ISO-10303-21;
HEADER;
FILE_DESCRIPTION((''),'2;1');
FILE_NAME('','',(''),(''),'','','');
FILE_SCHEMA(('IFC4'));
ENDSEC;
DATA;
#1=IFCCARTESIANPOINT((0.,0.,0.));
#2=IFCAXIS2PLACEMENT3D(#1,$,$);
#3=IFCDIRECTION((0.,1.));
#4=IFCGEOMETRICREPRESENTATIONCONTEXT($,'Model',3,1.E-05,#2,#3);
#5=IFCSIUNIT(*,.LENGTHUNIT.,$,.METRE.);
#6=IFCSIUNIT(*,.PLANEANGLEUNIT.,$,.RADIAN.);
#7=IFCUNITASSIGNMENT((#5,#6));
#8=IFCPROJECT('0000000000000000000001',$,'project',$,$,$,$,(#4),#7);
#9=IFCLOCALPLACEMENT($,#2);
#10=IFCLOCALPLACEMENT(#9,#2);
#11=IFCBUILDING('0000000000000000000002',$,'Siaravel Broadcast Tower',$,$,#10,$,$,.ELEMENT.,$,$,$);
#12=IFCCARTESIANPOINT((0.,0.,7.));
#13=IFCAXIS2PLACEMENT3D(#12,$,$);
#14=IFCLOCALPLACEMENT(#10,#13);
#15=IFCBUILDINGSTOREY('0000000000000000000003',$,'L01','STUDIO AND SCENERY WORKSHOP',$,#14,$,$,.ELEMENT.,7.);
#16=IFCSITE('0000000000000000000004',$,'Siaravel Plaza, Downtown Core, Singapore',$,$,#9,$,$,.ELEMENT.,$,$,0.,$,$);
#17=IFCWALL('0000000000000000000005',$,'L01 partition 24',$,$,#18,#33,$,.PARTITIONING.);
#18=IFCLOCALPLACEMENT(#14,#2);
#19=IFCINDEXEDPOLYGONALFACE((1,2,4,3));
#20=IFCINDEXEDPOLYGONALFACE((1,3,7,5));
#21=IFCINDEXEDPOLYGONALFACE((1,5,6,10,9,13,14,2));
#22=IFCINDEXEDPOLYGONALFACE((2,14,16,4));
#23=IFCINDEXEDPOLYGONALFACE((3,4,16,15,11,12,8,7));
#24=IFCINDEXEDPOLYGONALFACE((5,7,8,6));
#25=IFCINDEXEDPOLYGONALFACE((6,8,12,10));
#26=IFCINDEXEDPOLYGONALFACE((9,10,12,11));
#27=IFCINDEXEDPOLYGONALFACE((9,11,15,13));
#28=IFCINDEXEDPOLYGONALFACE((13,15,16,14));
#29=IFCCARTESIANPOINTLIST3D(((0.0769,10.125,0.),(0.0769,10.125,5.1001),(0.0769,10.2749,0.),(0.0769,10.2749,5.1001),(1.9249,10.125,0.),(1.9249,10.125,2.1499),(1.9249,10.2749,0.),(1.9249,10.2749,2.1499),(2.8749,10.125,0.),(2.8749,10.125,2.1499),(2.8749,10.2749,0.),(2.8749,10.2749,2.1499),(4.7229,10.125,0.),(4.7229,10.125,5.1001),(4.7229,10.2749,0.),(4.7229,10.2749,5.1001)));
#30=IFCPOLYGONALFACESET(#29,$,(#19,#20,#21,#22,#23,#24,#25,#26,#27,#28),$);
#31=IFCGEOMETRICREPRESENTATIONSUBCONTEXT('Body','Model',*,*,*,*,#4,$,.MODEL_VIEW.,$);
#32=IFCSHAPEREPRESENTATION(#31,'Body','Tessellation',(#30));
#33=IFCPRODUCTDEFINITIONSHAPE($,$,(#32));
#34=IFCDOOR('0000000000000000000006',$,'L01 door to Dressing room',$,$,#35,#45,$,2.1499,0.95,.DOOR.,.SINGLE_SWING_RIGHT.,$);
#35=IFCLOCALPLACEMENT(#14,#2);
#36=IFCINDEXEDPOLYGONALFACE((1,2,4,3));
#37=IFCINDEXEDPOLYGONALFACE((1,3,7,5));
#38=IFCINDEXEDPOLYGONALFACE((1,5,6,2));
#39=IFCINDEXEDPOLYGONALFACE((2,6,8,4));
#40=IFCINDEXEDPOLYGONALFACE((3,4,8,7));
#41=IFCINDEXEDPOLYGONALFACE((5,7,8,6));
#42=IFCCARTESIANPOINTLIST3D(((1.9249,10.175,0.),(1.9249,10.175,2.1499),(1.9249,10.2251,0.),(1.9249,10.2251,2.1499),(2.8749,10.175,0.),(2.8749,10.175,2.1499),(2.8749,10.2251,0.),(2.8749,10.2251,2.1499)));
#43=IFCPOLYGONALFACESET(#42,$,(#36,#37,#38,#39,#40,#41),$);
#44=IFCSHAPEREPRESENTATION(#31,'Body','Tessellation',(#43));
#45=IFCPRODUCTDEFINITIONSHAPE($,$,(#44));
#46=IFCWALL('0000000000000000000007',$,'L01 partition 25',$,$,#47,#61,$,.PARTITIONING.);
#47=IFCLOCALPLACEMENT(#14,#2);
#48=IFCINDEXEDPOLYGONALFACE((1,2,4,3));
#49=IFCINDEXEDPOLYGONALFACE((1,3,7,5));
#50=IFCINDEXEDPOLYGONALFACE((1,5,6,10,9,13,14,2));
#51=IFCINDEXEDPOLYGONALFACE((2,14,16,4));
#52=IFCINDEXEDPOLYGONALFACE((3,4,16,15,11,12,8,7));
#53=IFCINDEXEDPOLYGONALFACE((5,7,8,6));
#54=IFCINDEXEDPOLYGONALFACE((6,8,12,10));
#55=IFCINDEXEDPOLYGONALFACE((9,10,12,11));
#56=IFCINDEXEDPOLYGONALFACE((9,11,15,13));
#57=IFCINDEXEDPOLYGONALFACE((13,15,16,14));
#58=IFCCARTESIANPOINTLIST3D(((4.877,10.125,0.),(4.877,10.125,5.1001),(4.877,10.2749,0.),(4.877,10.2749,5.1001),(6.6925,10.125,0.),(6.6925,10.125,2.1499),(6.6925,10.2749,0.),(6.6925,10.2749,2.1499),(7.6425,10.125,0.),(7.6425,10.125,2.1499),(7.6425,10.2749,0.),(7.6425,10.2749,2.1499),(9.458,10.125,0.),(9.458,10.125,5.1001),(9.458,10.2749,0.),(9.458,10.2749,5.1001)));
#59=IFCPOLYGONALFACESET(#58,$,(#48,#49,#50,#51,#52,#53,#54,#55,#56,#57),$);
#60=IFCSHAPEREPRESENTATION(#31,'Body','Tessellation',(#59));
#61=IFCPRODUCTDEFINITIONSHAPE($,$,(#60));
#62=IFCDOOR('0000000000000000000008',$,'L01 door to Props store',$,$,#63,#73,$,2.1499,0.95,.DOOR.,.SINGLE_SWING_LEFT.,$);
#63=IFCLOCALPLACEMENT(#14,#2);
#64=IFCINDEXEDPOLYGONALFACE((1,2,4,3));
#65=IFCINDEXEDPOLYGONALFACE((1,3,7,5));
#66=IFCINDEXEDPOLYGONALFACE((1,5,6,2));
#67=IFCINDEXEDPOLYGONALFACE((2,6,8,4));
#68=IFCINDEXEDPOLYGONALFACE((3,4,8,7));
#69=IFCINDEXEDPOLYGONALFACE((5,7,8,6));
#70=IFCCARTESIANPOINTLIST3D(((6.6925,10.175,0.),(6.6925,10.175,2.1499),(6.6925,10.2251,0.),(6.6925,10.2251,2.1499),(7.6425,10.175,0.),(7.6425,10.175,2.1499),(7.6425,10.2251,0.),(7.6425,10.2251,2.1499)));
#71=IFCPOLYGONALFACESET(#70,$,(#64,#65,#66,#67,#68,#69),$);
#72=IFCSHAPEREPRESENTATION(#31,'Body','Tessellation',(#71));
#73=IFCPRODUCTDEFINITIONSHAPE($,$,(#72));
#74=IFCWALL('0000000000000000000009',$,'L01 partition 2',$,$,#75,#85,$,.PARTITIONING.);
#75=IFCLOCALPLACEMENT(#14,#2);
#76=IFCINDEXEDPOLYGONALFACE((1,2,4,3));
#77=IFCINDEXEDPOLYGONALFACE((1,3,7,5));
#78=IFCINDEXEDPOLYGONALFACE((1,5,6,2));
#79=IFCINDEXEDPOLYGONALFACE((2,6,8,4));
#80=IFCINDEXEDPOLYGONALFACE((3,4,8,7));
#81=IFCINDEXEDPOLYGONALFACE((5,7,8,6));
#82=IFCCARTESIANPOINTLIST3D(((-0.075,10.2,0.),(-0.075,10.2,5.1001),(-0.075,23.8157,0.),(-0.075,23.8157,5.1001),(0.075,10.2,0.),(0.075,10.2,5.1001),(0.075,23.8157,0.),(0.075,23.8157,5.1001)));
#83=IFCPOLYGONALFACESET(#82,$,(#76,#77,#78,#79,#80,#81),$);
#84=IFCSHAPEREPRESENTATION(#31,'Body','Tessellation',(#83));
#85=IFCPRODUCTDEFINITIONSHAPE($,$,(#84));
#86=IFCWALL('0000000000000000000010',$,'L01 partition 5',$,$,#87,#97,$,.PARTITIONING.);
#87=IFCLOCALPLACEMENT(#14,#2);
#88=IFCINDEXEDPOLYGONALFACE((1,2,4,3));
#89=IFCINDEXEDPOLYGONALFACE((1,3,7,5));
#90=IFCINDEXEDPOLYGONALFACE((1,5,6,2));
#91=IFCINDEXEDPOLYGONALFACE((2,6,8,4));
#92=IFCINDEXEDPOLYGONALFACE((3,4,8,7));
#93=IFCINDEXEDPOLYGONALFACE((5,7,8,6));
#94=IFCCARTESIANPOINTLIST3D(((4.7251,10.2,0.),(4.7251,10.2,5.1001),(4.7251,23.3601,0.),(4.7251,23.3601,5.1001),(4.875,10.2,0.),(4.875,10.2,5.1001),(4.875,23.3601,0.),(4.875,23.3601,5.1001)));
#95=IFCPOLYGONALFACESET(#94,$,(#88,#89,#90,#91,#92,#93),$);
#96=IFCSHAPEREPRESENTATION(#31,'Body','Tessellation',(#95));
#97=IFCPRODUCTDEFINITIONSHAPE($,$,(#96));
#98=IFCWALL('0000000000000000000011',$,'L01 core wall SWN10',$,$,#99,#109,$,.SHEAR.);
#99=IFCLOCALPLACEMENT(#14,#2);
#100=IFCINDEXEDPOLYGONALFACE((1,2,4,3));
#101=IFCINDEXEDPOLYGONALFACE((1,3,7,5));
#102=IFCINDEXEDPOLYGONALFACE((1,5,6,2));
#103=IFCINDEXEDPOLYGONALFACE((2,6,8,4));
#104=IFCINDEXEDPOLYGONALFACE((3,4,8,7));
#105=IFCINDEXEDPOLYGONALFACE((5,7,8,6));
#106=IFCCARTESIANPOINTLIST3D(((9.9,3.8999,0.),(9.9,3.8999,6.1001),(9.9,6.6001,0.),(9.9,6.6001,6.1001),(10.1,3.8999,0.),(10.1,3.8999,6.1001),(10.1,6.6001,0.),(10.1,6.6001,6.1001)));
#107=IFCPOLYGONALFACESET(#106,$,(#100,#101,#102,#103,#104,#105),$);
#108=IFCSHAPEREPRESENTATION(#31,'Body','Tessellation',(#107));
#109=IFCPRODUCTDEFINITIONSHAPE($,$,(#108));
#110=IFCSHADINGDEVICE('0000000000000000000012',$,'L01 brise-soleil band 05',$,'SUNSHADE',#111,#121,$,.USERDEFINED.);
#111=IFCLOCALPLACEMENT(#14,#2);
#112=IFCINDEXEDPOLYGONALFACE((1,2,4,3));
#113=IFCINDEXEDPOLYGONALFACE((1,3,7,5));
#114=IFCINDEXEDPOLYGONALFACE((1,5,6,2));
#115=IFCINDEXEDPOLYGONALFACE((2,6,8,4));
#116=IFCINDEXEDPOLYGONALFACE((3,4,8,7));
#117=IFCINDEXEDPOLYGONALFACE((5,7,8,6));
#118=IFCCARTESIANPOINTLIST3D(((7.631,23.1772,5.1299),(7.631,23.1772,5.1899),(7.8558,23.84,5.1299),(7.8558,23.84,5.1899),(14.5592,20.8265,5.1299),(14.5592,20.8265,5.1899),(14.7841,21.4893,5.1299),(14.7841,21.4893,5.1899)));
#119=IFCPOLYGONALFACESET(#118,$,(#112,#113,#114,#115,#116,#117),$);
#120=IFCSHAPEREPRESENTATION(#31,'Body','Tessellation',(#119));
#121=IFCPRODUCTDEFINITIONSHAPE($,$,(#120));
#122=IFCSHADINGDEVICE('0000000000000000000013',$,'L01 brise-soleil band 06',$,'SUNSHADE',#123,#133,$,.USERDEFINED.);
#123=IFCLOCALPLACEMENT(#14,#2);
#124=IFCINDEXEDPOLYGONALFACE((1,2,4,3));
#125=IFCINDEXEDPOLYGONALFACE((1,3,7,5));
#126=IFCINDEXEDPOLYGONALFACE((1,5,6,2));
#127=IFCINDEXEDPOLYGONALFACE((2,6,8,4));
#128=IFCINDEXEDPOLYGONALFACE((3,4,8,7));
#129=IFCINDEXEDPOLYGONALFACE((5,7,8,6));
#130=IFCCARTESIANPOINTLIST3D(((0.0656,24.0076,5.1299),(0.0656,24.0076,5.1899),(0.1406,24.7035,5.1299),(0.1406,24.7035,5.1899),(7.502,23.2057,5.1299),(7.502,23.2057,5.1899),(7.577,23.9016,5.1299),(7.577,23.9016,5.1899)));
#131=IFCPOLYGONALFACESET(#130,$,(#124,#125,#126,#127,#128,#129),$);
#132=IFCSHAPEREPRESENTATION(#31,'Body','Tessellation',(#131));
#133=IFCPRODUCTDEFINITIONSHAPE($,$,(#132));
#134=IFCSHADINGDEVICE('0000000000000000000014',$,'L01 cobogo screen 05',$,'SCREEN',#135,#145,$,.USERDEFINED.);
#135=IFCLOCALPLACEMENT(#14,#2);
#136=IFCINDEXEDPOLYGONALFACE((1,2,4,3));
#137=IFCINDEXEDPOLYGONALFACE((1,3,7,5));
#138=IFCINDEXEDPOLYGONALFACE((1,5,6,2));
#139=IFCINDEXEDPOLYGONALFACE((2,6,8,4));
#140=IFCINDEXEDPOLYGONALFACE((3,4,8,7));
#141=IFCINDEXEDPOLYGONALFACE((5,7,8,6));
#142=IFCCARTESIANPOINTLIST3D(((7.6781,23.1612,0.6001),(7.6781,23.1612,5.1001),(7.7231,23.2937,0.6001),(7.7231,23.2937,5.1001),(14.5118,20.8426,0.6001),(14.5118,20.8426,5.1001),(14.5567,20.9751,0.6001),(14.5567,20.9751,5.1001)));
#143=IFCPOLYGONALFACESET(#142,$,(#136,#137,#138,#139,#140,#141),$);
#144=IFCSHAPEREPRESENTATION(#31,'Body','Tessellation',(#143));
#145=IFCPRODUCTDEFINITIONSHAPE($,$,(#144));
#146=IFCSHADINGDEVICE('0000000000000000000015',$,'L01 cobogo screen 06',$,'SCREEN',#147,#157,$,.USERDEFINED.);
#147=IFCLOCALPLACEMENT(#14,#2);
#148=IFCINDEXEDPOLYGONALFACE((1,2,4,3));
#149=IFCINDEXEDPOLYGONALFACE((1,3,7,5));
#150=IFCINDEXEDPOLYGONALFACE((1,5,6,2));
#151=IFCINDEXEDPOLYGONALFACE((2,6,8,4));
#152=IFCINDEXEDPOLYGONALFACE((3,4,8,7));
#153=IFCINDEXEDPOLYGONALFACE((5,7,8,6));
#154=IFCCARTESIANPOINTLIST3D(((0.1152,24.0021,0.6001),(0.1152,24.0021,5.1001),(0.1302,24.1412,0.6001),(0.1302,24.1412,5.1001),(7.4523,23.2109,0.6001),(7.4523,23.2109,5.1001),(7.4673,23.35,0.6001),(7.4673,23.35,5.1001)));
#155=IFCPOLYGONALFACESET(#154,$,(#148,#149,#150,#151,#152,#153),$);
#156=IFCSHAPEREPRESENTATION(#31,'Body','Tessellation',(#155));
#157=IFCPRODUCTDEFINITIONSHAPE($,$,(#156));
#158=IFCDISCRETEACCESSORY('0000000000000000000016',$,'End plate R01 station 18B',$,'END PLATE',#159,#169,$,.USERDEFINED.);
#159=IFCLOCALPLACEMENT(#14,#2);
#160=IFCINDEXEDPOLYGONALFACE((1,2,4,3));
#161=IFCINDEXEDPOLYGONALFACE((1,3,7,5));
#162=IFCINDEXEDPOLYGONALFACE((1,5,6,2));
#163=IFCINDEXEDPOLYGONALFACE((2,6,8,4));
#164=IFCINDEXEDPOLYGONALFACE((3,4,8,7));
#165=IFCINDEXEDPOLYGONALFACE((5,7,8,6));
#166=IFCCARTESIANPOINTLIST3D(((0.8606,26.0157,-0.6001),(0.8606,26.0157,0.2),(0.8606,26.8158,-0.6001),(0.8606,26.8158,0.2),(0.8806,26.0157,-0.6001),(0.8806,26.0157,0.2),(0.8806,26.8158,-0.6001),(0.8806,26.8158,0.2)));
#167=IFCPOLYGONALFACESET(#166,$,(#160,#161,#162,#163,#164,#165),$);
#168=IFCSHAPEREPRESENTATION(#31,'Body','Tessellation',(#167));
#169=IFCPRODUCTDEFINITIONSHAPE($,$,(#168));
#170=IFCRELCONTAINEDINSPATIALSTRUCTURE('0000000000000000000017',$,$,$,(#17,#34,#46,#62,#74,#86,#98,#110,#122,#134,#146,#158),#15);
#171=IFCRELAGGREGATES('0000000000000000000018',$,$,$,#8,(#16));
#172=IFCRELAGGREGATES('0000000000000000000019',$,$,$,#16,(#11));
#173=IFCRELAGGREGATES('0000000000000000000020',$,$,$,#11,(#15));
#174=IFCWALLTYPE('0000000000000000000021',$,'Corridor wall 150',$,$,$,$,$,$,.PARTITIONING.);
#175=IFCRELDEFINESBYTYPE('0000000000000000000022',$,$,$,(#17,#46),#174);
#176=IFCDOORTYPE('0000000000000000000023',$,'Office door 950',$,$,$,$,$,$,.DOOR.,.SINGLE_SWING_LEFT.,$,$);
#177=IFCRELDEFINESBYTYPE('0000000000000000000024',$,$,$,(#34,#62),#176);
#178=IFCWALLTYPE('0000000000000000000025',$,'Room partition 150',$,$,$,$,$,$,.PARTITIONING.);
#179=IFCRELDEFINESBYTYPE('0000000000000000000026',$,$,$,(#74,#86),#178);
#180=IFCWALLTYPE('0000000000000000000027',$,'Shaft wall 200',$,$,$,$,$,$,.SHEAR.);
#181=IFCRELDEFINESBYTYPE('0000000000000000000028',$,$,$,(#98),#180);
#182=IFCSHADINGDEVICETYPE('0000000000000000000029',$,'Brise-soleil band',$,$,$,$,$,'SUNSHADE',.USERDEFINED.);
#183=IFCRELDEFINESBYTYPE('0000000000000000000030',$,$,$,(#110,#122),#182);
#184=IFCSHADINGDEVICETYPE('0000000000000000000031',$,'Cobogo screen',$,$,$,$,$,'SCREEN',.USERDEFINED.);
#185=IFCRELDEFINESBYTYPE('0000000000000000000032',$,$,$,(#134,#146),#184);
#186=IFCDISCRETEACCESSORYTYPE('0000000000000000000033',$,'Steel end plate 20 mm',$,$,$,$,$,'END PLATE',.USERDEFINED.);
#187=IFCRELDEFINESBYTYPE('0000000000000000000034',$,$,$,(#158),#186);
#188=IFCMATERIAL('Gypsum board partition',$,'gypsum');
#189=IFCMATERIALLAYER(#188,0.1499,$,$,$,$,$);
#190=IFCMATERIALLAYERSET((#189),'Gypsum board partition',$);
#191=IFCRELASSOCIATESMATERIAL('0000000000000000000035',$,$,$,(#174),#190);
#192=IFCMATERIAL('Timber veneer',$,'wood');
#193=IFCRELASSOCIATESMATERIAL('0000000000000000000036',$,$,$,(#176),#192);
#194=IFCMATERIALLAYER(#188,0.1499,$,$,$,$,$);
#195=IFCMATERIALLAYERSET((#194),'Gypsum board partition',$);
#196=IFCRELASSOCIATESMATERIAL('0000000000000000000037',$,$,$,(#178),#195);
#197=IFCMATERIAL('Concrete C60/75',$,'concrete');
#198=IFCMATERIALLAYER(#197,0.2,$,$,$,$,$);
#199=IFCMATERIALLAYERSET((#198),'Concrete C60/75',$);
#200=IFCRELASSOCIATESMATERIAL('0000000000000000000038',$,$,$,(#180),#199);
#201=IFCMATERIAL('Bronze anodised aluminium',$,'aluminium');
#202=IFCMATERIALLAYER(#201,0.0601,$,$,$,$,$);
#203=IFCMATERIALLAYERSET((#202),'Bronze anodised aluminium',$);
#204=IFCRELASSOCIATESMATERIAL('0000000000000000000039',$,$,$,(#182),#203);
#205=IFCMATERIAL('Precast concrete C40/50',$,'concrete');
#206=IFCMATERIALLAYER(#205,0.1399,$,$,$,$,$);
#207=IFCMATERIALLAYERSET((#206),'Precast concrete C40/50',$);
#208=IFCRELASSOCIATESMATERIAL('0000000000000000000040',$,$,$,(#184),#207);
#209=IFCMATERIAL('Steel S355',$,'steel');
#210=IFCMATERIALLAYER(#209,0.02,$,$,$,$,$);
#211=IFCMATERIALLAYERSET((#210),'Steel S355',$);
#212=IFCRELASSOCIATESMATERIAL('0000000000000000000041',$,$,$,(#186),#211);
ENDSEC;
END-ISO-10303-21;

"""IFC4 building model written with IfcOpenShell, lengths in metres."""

from ifc_helpers import new_model, si_unit, direction, frame, frame_2d, origin, origin_2d, place, context, subcontext, project, spatial, rectangle, extrude, material, layer, layer_set, type_object, element, fill, save


model = new_model("IFC4")

# Units and contexts
model_context = context("Model", 3, precision=1e-05, world=origin(), true_north=direction((0.0, 1.0)))
body_context = subcontext(model_context, "Body", "Model", "MODEL_VIEW")
ifc_project = project(units=[si_unit("LENGTHUNIT", "METRE"), si_unit("PLANEANGLEUNIT", "RADIAN")], contexts=[model_context])

# Site, building, storey
site_placement = place(None, origin())
site = spatial("IfcSite", under=ifc_project, at=site_placement, Name="Siaravel Plaza, Downtown Core, Singapore", CompositionType="ELEMENT", RefElevation=0.0)
building_placement = place(site_placement, origin())
building = spatial("IfcBuilding", under=site, at=building_placement, Name="Siaravel Broadcast Tower", CompositionType="ELEMENT")
storey_placement = place(building_placement, frame((0.0, 0.0, 7.0)))
storey = spatial("IfcBuildingStorey", under=building, at=storey_placement, Name="L01", Description="STUDIO AND SCENERY WORKSHOP", CompositionType="ELEMENT", Elevation=7.0)

# Shared definitions
ifc_material_1 = material(Name="Steel S355", Category="steel")

# Walls, openings, doors
ifc_material_2 = material(Name="Gypsum board partition", Category="gypsum")
ifc_layer_1 = layer(ifc_material_2, 0.1499)
ifc_layer_set_1 = layer_set([ifc_layer_1], Name="Gypsum board partition")
wall_type_1 = type_object("IfcWallType", Name="Corridor wall 150", PredefinedType="PARTITIONING", material=ifc_layer_set_1)
wall_1_placement = place(storey_placement, frame((4.7229, 10.2, 0.0), z_axis=(0.0, 0.0, 1.0), x_axis=(-1.0, 0.0, 0.0)))
wall_1 = element("IfcWall", 1, at=wall_1_placement, inside=storey, type_object=wall_type_1, Name="L01 partition 24", PredefinedType="PARTITIONING", context=body_context, shape_type="SweptSolid", body=[
    extrude(rectangle(XDim=4.646, YDim=0.1499, at=frame_2d((2.323, 0.0))), origin(), (0.0, 0.0, 1.0), 5.1001),
])
opening_1_placement = place(wall_1_placement, frame((1.8479, 0.0, 0.0)))
opening_1 = element("IfcOpeningElement", 2, at=opening_1_placement, cuts=wall_1, PredefinedType="OPENING", context=body_context, shape_type="SweptSolid", body=[
    extrude(rectangle(XDim=0.95, YDim=2.1499, at=frame_2d((0.4751, 1.075))), frame((0.0, 0.085, 0.0), z_axis=(0.0, -1.0, 0.0), x_axis=(1.0, 0.0, 0.0)), (0.0, 0.0, 1.0), 0.1699),
])
ifc_material_3 = material(Name="Timber veneer", Category="wood")
door_type_1 = type_object("IfcDoorType", Name="Office door 950", OperationType="SINGLE_SWING_LEFT", PredefinedType="DOOR", material=ifc_material_3)
door_1_placement = place(opening_1_placement, origin())
door_1 = element("IfcDoor", 3, at=door_1_placement, inside=storey, type_object=door_type_1, Name="L01 door to Dressing room", OperationType="SINGLE_SWING_RIGHT", OverallHeight=2.1499, OverallWidth=0.95, PredefinedType="DOOR", context=body_context, shape_type="SweptSolid", body=[
    extrude(rectangle(XDim=0.95, YDim=2.1499, at=frame_2d((0.4751, 1.075))), frame((0.0, 0.0249, 0.0), z_axis=(0.0, -1.0, 0.0), x_axis=(1.0, 0.0, 0.0)), (0.0, 0.0, 1.0), 0.05),
])
fill(opening_1, door_1)
wall_2_placement = place(storey_placement, frame((9.458, 10.2, 0.0), z_axis=(0.0, 0.0, 1.0), x_axis=(-1.0, 0.0, 0.0)))
wall_2 = element("IfcWall", 4, at=wall_2_placement, inside=storey, type_object=wall_type_1, Name="L01 partition 25", PredefinedType="PARTITIONING", context=body_context, shape_type="SweptSolid", body=[
    extrude(rectangle(XDim=4.5811, YDim=0.1499, at=frame_2d((2.2905, 0.0))), origin(), (0.0, 0.0, 1.0), 5.1001),
])
opening_2_placement = place(wall_2_placement, frame((1.8154, 0.0, 0.0)))
opening_2 = element("IfcOpeningElement", 5, at=opening_2_placement, cuts=wall_2, PredefinedType="OPENING", context=body_context, shape_type="SweptSolid", body=[
    extrude(rectangle(XDim=0.95, YDim=2.1499, at=frame_2d((0.4751, 1.075))), frame((0.0, 0.085, 0.0), z_axis=(0.0, -1.0, 0.0), x_axis=(1.0, 0.0, 0.0)), (0.0, 0.0, 1.0), 0.1699),
])
door_2_placement = place(opening_2_placement, origin())
door_2 = element("IfcDoor", 6, at=door_2_placement, inside=storey, type_object=door_type_1, Name="L01 door to Props store", OperationType="SINGLE_SWING_LEFT", OverallHeight=2.1499, OverallWidth=0.95, PredefinedType="DOOR", context=body_context, shape_type="SweptSolid", body=[
    extrude(rectangle(XDim=0.95, YDim=2.1499, at=frame_2d((0.4751, 1.075))), frame((0.0, 0.0249, 0.0), z_axis=(0.0, -1.0, 0.0), x_axis=(1.0, 0.0, 0.0)), (0.0, 0.0, 1.0), 0.05),
])
fill(opening_2, door_2)

# Walls
ifc_layer_2 = layer(ifc_material_2, 0.1499)
ifc_layer_set_2 = layer_set([ifc_layer_2], Name="Gypsum board partition")
wall_type_2 = type_object("IfcWallType", Name="Room partition 150", PredefinedType="PARTITIONING", material=ifc_layer_set_2)
wall_3_placement = place(storey_placement, frame((0.0, 10.2, 0.0), z_axis=(0.0, 0.0, 1.0), x_axis=(0.0, 1.0, 0.0)))
element("IfcWall", 7, at=wall_3_placement, inside=storey, type_object=wall_type_2, Name="L01 partition 2", PredefinedType="PARTITIONING", context=body_context, shape_type="SweptSolid", body=[
    extrude(rectangle(XDim=13.6157, YDim=0.1499, at=frame_2d((6.8079, 0.0))), origin(), (0.0, 0.0, 1.0), 5.1001),
])
wall_4_placement = place(storey_placement, frame((4.8, 10.2, 0.0), z_axis=(0.0, 0.0, 1.0), x_axis=(0.0, 1.0, 0.0)))
element("IfcWall", 8, at=wall_4_placement, inside=storey, type_object=wall_type_2, Name="L01 partition 5", PredefinedType="PARTITIONING", context=body_context, shape_type="SweptSolid", body=[
    extrude(rectangle(XDim=13.1602, YDim=0.1499, at=frame_2d((6.5801, 0.0))), origin(), (0.0, 0.0, 1.0), 5.1001),
])
ifc_material_4 = material(Name="Concrete C60/75", Category="concrete")
ifc_layer_3 = layer(ifc_material_4, 0.2)
ifc_layer_set_3 = layer_set([ifc_layer_3], Name="Concrete C60/75")
wall_type_3 = type_object("IfcWallType", Name="Shaft wall 200", PredefinedType="SHEAR", material=ifc_layer_set_3)
wall_5_placement = place(storey_placement, frame((10.0, 3.8999, 0.0), z_axis=(0.0, 0.0, 1.0), x_axis=(0.0, 1.0, 0.0)))
element("IfcWall", 9, at=wall_5_placement, inside=storey, type_object=wall_type_3, Name="L01 core wall SWN10", PredefinedType="SHEAR", context=body_context, shape_type="SweptSolid", body=[
    extrude(rectangle(XDim=2.7002, YDim=0.2, at=frame_2d((1.3501, 0.0))), origin(), (0.0, 0.0, 1.0), 6.1001),
])

# Shading devices
ifc_material_5 = material(Name="Bronze anodised aluminium", Category="aluminium")
ifc_layer_4 = layer(ifc_material_5, 0.0601)
ifc_layer_set_4 = layer_set([ifc_layer_4], Name="Bronze anodised aluminium")
shading_device_type_1 = type_object("IfcShadingDeviceType", Name="Brise-soleil band", ElementType="SUNSHADE", PredefinedType="USERDEFINED", material=ifc_layer_set_4)
shading_device_1_placement = place(storey_placement, frame((11.2075, 22.3333, 5.1299), z_axis=(0.0, 0.0, 1.0), x_axis=(-0.946977, 0.321301, 0.0)))
element("IfcShadingDevice", 10, at=shading_device_1_placement, inside=storey, type_object=shading_device_type_1, Name="L01 brise-soleil band 05", ObjectType="SUNSHADE", PredefinedType="USERDEFINED", context=body_context, shape_type="SweptSolid", body=[
    extrude(rectangle(XDim=7.3162, YDim=0.7, at=origin_2d()), origin(), (0.0, 0.0, 1.0), 0.0601),
])
shading_device_2_placement = place(storey_placement, frame((3.8213, 23.9546, 5.1299), z_axis=(0.0, 0.0, 1.0), x_axis=(-0.994236, 0.107217, 0.0)))
element("IfcShadingDevice", 11, at=shading_device_2_placement, inside=storey, type_object=shading_device_type_1, Name="L01 brise-soleil band 06", ObjectType="SUNSHADE", PredefinedType="USERDEFINED", context=body_context, shape_type="SweptSolid", body=[
    extrude(rectangle(XDim=7.4795, YDim=0.7, at=origin_2d()), origin(), (0.0, 0.0, 1.0), 0.0601),
])
ifc_material_6 = material(Name="Precast concrete C40/50", Category="concrete")
ifc_layer_5 = layer(ifc_material_6, 0.1399)
ifc_layer_set_5 = layer_set([ifc_layer_5], Name="Precast concrete C40/50")
shading_device_type_2 = type_object("IfcShadingDeviceType", Name="Cobogo screen", ElementType="SCREEN", PredefinedType="USERDEFINED", material=ifc_layer_set_5)
shading_device_3_placement = place(storey_placement, frame((11.1174, 22.0681, 0.6001), z_axis=(0.0, 0.0, 1.0), x_axis=(-0.946977, 0.321301, 0.0)))
element("IfcShadingDevice", 12, at=shading_device_3_placement, inside=storey, type_object=shading_device_type_2, Name="L01 cobogo screen 05", ObjectType="SCREEN", PredefinedType="USERDEFINED", context=body_context, shape_type="SweptSolid", body=[
    extrude(rectangle(XDim=7.2163, YDim=0.1399, at=origin_2d()), origin(), (0.0, 0.0, 1.0), 4.5),
])
shading_device_4_placement = place(storey_placement, frame((3.7913, 23.676, 0.6001), z_axis=(0.0, 0.0, 1.0), x_axis=(-0.994236, 0.107217, 0.0)))
element("IfcShadingDevice", 13, at=shading_device_4_placement, inside=storey, type_object=shading_device_type_2, Name="L01 cobogo screen 06", ObjectType="SCREEN", PredefinedType="USERDEFINED", context=body_context, shape_type="SweptSolid", body=[
    extrude(rectangle(XDim=7.3796, YDim=0.1399, at=origin_2d()), origin(), (0.0, 0.0, 1.0), 4.5),
])

# Discrete accessory
ifc_layer_6 = layer(ifc_material_1, 0.02)
ifc_layer_set_6 = layer_set([ifc_layer_6], Name="Steel S355")
discrete_accessory_type = type_object("IfcDiscreteAccessoryType", Name="Steel end plate 20 mm", ElementType="END PLATE", PredefinedType="USERDEFINED", material=ifc_layer_set_6)
discrete_accessory_placement = place(storey_placement, frame((0.8706, 26.4158, -0.6001), z_axis=(0.0, 0.0, 1.0), x_axis=(-1.0, 0.0, 0.0)))
element("IfcDiscreteAccessory", 14, at=discrete_accessory_placement, inside=storey, type_object=discrete_accessory_type, Name="End plate R01 station 18B", ObjectType="END PLATE", PredefinedType="USERDEFINED", context=body_context, shape_type="SweptSolid", body=[
    extrude(rectangle(XDim=0.02, YDim=0.8, at=origin_2d()), origin(), (0.0, 0.0, 1.0), 0.8),
])

save(model, "model.ifc")
